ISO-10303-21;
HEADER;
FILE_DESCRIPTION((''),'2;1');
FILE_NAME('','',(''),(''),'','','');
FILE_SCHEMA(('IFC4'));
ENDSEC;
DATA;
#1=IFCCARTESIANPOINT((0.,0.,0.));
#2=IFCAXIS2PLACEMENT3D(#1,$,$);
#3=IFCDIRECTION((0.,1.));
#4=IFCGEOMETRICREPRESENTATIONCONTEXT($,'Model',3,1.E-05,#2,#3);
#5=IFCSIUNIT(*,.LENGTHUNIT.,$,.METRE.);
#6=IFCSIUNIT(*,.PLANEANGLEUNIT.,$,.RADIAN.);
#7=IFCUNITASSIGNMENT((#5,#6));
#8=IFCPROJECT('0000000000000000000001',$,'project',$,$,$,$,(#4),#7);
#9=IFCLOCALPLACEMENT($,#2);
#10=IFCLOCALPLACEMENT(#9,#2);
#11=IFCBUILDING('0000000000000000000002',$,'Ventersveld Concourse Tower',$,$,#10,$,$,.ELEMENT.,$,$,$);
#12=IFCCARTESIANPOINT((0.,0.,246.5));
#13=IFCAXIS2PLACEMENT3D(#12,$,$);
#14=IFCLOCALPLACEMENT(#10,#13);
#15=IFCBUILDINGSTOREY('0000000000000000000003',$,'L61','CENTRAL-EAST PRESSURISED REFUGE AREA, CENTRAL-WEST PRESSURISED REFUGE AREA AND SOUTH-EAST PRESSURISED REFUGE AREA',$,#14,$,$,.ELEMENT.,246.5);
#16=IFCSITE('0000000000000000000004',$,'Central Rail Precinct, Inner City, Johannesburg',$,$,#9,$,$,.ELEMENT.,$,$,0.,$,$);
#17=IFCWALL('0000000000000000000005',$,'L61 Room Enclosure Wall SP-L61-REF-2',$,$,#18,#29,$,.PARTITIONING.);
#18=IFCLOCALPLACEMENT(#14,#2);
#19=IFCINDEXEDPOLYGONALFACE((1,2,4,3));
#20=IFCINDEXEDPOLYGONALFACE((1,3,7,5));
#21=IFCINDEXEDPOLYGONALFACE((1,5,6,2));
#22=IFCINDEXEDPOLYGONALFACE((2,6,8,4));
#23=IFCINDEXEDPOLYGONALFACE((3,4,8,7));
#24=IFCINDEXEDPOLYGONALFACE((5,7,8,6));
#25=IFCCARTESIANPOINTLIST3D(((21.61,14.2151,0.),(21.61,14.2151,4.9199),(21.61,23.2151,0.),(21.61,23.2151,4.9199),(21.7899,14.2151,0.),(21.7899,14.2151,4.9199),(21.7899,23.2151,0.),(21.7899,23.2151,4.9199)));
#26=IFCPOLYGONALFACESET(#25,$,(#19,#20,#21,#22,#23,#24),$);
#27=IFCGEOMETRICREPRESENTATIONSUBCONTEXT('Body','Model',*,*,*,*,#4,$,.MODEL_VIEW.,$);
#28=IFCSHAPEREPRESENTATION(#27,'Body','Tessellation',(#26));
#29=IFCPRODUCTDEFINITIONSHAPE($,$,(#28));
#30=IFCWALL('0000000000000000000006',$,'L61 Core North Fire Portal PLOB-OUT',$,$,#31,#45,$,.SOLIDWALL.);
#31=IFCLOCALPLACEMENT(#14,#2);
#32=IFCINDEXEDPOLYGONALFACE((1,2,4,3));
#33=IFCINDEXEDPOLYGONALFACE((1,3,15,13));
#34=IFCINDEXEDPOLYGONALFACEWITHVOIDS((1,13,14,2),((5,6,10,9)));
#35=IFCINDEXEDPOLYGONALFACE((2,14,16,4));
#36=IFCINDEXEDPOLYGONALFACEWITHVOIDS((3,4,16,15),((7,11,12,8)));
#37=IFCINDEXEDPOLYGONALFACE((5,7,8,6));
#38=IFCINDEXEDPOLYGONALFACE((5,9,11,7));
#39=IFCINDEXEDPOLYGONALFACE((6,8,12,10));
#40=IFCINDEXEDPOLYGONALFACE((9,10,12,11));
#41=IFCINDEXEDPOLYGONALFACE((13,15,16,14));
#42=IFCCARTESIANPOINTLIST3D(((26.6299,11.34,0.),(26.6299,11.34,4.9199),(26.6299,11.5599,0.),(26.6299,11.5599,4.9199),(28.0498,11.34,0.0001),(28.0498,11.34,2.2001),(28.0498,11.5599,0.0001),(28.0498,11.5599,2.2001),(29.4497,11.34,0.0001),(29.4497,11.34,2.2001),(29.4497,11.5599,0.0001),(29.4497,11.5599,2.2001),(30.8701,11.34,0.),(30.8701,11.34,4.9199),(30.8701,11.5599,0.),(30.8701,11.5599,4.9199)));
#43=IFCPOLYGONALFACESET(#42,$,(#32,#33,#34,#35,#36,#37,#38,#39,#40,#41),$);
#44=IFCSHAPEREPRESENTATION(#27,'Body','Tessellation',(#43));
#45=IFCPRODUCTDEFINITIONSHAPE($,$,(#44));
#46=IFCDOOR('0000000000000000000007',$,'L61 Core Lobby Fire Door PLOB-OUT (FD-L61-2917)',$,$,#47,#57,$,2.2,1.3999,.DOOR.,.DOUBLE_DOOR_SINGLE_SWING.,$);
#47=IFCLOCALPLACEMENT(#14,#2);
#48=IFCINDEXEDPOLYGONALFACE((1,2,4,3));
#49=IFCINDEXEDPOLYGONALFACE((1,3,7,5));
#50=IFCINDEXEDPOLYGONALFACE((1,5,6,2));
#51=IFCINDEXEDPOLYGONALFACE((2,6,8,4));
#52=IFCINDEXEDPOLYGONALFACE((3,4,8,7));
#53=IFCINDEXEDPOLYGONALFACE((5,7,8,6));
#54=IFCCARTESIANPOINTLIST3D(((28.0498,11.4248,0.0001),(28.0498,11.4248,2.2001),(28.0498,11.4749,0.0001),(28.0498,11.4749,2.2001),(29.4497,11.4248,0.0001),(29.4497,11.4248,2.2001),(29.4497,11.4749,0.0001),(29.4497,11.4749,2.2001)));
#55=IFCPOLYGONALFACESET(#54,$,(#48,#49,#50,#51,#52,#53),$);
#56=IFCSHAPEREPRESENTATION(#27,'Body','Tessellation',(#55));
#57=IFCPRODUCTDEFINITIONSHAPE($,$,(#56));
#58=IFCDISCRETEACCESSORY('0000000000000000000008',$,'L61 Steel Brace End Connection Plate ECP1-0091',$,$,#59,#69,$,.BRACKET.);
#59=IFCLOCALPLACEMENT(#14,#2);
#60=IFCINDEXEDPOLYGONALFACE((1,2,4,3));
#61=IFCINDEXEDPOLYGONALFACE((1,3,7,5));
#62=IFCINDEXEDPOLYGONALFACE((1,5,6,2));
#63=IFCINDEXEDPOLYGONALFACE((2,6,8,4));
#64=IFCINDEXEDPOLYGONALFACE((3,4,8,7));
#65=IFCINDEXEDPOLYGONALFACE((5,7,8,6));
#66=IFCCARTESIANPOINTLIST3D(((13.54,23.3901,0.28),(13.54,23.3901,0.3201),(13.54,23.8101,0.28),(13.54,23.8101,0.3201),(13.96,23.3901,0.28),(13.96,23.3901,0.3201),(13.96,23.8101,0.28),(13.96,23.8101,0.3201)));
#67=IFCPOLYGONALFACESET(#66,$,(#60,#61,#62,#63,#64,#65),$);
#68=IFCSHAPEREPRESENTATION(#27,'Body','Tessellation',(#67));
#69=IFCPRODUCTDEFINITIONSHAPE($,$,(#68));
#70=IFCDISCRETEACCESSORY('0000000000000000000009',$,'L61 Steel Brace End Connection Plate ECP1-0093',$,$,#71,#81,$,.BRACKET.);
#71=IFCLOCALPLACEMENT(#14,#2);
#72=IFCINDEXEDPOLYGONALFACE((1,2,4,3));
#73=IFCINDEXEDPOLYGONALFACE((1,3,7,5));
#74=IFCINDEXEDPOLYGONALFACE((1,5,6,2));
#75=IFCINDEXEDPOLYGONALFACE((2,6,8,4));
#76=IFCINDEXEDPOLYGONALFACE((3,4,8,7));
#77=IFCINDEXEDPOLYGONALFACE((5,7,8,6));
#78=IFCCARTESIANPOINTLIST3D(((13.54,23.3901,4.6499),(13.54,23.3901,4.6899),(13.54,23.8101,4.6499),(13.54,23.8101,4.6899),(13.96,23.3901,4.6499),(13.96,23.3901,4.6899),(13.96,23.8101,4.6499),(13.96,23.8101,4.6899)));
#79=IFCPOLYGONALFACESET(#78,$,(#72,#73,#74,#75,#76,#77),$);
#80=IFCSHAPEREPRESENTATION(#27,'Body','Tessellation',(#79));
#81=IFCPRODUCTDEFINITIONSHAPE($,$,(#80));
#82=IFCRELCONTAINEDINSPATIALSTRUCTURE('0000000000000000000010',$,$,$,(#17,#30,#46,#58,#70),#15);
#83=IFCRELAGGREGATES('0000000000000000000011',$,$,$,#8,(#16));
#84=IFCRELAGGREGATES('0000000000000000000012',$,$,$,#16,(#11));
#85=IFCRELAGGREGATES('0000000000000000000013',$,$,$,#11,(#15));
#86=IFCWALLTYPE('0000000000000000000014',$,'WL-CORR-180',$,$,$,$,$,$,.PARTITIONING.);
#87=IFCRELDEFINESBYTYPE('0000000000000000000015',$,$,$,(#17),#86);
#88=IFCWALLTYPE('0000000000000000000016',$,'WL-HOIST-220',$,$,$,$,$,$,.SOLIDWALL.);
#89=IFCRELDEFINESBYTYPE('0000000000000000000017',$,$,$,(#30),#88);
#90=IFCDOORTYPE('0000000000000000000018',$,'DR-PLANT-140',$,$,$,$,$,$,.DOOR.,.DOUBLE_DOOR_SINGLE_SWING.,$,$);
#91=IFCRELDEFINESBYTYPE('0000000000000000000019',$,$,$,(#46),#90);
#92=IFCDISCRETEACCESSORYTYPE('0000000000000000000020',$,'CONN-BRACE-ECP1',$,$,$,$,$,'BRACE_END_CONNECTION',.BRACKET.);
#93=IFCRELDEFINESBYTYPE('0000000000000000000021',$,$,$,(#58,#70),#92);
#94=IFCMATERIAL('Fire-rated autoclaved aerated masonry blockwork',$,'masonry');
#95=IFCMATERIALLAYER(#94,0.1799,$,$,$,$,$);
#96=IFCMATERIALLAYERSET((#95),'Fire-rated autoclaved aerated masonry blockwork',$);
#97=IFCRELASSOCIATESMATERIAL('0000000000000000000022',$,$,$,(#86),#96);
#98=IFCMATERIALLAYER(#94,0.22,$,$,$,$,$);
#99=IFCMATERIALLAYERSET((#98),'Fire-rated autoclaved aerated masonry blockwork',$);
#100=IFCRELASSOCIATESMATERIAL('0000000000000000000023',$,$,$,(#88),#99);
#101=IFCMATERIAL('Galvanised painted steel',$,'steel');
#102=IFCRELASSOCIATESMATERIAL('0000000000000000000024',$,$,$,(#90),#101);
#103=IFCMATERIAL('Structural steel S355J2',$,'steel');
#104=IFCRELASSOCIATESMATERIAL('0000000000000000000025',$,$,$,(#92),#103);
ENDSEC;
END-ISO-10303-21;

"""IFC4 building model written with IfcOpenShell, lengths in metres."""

from ifc_helpers import new_model, si_unit, direction, frame, frame_2d, origin, origin_2d, place, context, subcontext, project, spatial, rectangle, extrude, material, layer, layer_set, type_object, element, fill, save


model = new_model("IFC4")

# Units and contexts
model_context = context("Model", 3, precision=1e-05, world=origin(), true_north=direction((0.0, 1.0)))
body_context = subcontext(model_context, "Body", "Model", "MODEL_VIEW")
ifc_project = project(units=[si_unit("LENGTHUNIT", "METRE"), si_unit("PLANEANGLEUNIT", "RADIAN")], contexts=[model_context])

# Site, building, storey
site_placement = place(None, origin())
site = spatial("IfcSite", under=ifc_project, at=site_placement, Name="Central Rail Precinct, Inner City, Johannesburg", CompositionType="ELEMENT", RefElevation=0.0)
building_placement = place(site_placement, origin())
building = spatial("IfcBuilding", under=site, at=building_placement, Name="Ventersveld Concourse Tower", CompositionType="ELEMENT")
storey_placement = place(building_placement, frame((0.0, 0.0, 246.5)))
storey = spatial("IfcBuildingStorey", under=building, at=storey_placement, Name="L61", Description="CENTRAL-EAST PRESSURISED REFUGE AREA, CENTRAL-WEST PRESSURISED REFUGE AREA AND SOUTH-EAST PRESSURISED REFUGE AREA", CompositionType="ELEMENT", Elevation=246.5)

# Shared definitions
ifc_material_1 = material(Name="Structural steel S355J2", Category="steel")

# Shared definitions
ifc_material_2 = material(Name="Fire-rated autoclaved aerated masonry blockwork", Category="masonry")
ifc_layer_1 = layer(ifc_material_2, 0.1799)
ifc_layer_set_1 = layer_set([ifc_layer_1], Name="Fire-rated autoclaved aerated masonry blockwork")
wall_type_1 = type_object("IfcWallType", Name="WL-CORR-180", PredefinedType="PARTITIONING", material=ifc_layer_set_1)
ifc_material_3 = material(Name="Galvanised painted steel", Category="steel")

# Wall
wall_1_placement = place(storey_placement, frame((21.7, 23.2151, 0.0), z_axis=(0.0, 0.0, 1.0), x_axis=(0.0, -1.0, 0.0)))
element("IfcWall", 1, at=wall_1_placement, inside=storey, type_object=wall_type_1, Name="L61 Room Enclosure Wall SP-L61-REF-2", PredefinedType="PARTITIONING", context=body_context, shape_type="SweptSolid", body=[
    extrude(rectangle(XDim=9.0, YDim=0.1799, at=frame_2d((4.5, 0.0))), origin(), (0.0, 0.0, 1.0), 4.9199),
])

# Wall, opening, door
ifc_layer_2 = layer(ifc_material_2, 0.22)
ifc_layer_set_2 = layer_set([ifc_layer_2], Name="Fire-rated autoclaved aerated masonry blockwork")
wall_type_2 = type_object("IfcWallType", Name="WL-HOIST-220", PredefinedType="SOLIDWALL", material=ifc_layer_set_2)
wall_2_placement = place(storey_placement, frame((26.6299, 11.45, 0.0), z_axis=(0.0, 0.0, 1.0), x_axis=(1.0, 0.0, 0.0)))
wall_2 = element("IfcWall", 2, at=wall_2_placement, inside=storey, type_object=wall_type_2, Name="L61 Core North Fire Portal PLOB-OUT", PredefinedType="SOLIDWALL", context=body_context, shape_type="SweptSolid", body=[
    extrude(rectangle(XDim=4.2402, YDim=0.22, at=frame_2d((2.1201, 0.0))), origin(), (0.0, 0.0, 1.0), 4.9199),
])
opening_1_placement = place(wall_2_placement, frame((1.4199, 0.0, 0.0)))
opening_1 = element("IfcOpeningElement", 3, at=opening_1_placement, cuts=wall_2, PredefinedType="OPENING", context=body_context, shape_type="SweptSolid", body=[
    extrude(rectangle(XDim=1.3999, YDim=2.2, at=frame_2d((0.7, 1.1001))), frame((0.0, 0.1201, 0.0), z_axis=(0.0, -1.0, 0.0), x_axis=(1.0, 0.0, 0.0)), (0.0, 0.0, 1.0), 0.24),
])
door_type_1 = type_object("IfcDoorType", Name="DR-PLANT-140", OperationType="DOUBLE_DOOR_SINGLE_SWING", PredefinedType="DOOR", material=ifc_material_3)
door_1_placement = place(opening_1_placement, origin())
door_1 = element("IfcDoor", 4, at=door_1_placement, inside=storey, type_object=door_type_1, Name="L61 Core Lobby Fire Door PLOB-OUT (FD-L61-2917)", OperationType="DOUBLE_DOOR_SINGLE_SWING", OverallHeight=2.2, OverallWidth=1.3999, PredefinedType="DOOR", context=body_context, shape_type="SweptSolid", body=[
    extrude(rectangle(XDim=1.3999, YDim=2.2, at=frame_2d((0.7, 1.1001))), frame((0.0, 0.0249, 0.0), z_axis=(0.0, -1.0, 0.0), x_axis=(1.0, 0.0, 0.0)), (0.0, 0.0, 1.0), 0.05),
])
fill(opening_1, door_1)

# Discrete accessories
discrete_accessory_type = type_object("IfcDiscreteAccessoryType", Name="CONN-BRACE-ECP1", ElementType="BRACE_END_CONNECTION", PredefinedType="BRACKET", material=ifc_material_1)
for number, where, z_axis, x_axis, name in (
    (5, (13.75, 23.6001, 0.28), (0.0, 0.0, 1.0), (1.0, 0.0, 0.0), "L61 Steel Brace End Connection Plate ECP1-0091"),
    (6, (13.75, 23.6001, 4.6499), (0.0, 0.0, 1.0), (1.0, 0.0, 0.0), "L61 Steel Brace End Connection Plate ECP1-0093"),
):
    element("IfcDiscreteAccessory", number, at=place(storey_placement, frame(where, z_axis=z_axis, x_axis=x_axis)), inside=storey, type_object=discrete_accessory_type, Name=name, PredefinedType="BRACKET", context=body_context, shape_type="SweptSolid", body=[
        extrude(rectangle(XDim=0.4199, YDim=0.4199, at=origin_2d()), origin(), (0.0, 0.0, 1.0), 0.04),
    ])

save(model, "model.ifc")
